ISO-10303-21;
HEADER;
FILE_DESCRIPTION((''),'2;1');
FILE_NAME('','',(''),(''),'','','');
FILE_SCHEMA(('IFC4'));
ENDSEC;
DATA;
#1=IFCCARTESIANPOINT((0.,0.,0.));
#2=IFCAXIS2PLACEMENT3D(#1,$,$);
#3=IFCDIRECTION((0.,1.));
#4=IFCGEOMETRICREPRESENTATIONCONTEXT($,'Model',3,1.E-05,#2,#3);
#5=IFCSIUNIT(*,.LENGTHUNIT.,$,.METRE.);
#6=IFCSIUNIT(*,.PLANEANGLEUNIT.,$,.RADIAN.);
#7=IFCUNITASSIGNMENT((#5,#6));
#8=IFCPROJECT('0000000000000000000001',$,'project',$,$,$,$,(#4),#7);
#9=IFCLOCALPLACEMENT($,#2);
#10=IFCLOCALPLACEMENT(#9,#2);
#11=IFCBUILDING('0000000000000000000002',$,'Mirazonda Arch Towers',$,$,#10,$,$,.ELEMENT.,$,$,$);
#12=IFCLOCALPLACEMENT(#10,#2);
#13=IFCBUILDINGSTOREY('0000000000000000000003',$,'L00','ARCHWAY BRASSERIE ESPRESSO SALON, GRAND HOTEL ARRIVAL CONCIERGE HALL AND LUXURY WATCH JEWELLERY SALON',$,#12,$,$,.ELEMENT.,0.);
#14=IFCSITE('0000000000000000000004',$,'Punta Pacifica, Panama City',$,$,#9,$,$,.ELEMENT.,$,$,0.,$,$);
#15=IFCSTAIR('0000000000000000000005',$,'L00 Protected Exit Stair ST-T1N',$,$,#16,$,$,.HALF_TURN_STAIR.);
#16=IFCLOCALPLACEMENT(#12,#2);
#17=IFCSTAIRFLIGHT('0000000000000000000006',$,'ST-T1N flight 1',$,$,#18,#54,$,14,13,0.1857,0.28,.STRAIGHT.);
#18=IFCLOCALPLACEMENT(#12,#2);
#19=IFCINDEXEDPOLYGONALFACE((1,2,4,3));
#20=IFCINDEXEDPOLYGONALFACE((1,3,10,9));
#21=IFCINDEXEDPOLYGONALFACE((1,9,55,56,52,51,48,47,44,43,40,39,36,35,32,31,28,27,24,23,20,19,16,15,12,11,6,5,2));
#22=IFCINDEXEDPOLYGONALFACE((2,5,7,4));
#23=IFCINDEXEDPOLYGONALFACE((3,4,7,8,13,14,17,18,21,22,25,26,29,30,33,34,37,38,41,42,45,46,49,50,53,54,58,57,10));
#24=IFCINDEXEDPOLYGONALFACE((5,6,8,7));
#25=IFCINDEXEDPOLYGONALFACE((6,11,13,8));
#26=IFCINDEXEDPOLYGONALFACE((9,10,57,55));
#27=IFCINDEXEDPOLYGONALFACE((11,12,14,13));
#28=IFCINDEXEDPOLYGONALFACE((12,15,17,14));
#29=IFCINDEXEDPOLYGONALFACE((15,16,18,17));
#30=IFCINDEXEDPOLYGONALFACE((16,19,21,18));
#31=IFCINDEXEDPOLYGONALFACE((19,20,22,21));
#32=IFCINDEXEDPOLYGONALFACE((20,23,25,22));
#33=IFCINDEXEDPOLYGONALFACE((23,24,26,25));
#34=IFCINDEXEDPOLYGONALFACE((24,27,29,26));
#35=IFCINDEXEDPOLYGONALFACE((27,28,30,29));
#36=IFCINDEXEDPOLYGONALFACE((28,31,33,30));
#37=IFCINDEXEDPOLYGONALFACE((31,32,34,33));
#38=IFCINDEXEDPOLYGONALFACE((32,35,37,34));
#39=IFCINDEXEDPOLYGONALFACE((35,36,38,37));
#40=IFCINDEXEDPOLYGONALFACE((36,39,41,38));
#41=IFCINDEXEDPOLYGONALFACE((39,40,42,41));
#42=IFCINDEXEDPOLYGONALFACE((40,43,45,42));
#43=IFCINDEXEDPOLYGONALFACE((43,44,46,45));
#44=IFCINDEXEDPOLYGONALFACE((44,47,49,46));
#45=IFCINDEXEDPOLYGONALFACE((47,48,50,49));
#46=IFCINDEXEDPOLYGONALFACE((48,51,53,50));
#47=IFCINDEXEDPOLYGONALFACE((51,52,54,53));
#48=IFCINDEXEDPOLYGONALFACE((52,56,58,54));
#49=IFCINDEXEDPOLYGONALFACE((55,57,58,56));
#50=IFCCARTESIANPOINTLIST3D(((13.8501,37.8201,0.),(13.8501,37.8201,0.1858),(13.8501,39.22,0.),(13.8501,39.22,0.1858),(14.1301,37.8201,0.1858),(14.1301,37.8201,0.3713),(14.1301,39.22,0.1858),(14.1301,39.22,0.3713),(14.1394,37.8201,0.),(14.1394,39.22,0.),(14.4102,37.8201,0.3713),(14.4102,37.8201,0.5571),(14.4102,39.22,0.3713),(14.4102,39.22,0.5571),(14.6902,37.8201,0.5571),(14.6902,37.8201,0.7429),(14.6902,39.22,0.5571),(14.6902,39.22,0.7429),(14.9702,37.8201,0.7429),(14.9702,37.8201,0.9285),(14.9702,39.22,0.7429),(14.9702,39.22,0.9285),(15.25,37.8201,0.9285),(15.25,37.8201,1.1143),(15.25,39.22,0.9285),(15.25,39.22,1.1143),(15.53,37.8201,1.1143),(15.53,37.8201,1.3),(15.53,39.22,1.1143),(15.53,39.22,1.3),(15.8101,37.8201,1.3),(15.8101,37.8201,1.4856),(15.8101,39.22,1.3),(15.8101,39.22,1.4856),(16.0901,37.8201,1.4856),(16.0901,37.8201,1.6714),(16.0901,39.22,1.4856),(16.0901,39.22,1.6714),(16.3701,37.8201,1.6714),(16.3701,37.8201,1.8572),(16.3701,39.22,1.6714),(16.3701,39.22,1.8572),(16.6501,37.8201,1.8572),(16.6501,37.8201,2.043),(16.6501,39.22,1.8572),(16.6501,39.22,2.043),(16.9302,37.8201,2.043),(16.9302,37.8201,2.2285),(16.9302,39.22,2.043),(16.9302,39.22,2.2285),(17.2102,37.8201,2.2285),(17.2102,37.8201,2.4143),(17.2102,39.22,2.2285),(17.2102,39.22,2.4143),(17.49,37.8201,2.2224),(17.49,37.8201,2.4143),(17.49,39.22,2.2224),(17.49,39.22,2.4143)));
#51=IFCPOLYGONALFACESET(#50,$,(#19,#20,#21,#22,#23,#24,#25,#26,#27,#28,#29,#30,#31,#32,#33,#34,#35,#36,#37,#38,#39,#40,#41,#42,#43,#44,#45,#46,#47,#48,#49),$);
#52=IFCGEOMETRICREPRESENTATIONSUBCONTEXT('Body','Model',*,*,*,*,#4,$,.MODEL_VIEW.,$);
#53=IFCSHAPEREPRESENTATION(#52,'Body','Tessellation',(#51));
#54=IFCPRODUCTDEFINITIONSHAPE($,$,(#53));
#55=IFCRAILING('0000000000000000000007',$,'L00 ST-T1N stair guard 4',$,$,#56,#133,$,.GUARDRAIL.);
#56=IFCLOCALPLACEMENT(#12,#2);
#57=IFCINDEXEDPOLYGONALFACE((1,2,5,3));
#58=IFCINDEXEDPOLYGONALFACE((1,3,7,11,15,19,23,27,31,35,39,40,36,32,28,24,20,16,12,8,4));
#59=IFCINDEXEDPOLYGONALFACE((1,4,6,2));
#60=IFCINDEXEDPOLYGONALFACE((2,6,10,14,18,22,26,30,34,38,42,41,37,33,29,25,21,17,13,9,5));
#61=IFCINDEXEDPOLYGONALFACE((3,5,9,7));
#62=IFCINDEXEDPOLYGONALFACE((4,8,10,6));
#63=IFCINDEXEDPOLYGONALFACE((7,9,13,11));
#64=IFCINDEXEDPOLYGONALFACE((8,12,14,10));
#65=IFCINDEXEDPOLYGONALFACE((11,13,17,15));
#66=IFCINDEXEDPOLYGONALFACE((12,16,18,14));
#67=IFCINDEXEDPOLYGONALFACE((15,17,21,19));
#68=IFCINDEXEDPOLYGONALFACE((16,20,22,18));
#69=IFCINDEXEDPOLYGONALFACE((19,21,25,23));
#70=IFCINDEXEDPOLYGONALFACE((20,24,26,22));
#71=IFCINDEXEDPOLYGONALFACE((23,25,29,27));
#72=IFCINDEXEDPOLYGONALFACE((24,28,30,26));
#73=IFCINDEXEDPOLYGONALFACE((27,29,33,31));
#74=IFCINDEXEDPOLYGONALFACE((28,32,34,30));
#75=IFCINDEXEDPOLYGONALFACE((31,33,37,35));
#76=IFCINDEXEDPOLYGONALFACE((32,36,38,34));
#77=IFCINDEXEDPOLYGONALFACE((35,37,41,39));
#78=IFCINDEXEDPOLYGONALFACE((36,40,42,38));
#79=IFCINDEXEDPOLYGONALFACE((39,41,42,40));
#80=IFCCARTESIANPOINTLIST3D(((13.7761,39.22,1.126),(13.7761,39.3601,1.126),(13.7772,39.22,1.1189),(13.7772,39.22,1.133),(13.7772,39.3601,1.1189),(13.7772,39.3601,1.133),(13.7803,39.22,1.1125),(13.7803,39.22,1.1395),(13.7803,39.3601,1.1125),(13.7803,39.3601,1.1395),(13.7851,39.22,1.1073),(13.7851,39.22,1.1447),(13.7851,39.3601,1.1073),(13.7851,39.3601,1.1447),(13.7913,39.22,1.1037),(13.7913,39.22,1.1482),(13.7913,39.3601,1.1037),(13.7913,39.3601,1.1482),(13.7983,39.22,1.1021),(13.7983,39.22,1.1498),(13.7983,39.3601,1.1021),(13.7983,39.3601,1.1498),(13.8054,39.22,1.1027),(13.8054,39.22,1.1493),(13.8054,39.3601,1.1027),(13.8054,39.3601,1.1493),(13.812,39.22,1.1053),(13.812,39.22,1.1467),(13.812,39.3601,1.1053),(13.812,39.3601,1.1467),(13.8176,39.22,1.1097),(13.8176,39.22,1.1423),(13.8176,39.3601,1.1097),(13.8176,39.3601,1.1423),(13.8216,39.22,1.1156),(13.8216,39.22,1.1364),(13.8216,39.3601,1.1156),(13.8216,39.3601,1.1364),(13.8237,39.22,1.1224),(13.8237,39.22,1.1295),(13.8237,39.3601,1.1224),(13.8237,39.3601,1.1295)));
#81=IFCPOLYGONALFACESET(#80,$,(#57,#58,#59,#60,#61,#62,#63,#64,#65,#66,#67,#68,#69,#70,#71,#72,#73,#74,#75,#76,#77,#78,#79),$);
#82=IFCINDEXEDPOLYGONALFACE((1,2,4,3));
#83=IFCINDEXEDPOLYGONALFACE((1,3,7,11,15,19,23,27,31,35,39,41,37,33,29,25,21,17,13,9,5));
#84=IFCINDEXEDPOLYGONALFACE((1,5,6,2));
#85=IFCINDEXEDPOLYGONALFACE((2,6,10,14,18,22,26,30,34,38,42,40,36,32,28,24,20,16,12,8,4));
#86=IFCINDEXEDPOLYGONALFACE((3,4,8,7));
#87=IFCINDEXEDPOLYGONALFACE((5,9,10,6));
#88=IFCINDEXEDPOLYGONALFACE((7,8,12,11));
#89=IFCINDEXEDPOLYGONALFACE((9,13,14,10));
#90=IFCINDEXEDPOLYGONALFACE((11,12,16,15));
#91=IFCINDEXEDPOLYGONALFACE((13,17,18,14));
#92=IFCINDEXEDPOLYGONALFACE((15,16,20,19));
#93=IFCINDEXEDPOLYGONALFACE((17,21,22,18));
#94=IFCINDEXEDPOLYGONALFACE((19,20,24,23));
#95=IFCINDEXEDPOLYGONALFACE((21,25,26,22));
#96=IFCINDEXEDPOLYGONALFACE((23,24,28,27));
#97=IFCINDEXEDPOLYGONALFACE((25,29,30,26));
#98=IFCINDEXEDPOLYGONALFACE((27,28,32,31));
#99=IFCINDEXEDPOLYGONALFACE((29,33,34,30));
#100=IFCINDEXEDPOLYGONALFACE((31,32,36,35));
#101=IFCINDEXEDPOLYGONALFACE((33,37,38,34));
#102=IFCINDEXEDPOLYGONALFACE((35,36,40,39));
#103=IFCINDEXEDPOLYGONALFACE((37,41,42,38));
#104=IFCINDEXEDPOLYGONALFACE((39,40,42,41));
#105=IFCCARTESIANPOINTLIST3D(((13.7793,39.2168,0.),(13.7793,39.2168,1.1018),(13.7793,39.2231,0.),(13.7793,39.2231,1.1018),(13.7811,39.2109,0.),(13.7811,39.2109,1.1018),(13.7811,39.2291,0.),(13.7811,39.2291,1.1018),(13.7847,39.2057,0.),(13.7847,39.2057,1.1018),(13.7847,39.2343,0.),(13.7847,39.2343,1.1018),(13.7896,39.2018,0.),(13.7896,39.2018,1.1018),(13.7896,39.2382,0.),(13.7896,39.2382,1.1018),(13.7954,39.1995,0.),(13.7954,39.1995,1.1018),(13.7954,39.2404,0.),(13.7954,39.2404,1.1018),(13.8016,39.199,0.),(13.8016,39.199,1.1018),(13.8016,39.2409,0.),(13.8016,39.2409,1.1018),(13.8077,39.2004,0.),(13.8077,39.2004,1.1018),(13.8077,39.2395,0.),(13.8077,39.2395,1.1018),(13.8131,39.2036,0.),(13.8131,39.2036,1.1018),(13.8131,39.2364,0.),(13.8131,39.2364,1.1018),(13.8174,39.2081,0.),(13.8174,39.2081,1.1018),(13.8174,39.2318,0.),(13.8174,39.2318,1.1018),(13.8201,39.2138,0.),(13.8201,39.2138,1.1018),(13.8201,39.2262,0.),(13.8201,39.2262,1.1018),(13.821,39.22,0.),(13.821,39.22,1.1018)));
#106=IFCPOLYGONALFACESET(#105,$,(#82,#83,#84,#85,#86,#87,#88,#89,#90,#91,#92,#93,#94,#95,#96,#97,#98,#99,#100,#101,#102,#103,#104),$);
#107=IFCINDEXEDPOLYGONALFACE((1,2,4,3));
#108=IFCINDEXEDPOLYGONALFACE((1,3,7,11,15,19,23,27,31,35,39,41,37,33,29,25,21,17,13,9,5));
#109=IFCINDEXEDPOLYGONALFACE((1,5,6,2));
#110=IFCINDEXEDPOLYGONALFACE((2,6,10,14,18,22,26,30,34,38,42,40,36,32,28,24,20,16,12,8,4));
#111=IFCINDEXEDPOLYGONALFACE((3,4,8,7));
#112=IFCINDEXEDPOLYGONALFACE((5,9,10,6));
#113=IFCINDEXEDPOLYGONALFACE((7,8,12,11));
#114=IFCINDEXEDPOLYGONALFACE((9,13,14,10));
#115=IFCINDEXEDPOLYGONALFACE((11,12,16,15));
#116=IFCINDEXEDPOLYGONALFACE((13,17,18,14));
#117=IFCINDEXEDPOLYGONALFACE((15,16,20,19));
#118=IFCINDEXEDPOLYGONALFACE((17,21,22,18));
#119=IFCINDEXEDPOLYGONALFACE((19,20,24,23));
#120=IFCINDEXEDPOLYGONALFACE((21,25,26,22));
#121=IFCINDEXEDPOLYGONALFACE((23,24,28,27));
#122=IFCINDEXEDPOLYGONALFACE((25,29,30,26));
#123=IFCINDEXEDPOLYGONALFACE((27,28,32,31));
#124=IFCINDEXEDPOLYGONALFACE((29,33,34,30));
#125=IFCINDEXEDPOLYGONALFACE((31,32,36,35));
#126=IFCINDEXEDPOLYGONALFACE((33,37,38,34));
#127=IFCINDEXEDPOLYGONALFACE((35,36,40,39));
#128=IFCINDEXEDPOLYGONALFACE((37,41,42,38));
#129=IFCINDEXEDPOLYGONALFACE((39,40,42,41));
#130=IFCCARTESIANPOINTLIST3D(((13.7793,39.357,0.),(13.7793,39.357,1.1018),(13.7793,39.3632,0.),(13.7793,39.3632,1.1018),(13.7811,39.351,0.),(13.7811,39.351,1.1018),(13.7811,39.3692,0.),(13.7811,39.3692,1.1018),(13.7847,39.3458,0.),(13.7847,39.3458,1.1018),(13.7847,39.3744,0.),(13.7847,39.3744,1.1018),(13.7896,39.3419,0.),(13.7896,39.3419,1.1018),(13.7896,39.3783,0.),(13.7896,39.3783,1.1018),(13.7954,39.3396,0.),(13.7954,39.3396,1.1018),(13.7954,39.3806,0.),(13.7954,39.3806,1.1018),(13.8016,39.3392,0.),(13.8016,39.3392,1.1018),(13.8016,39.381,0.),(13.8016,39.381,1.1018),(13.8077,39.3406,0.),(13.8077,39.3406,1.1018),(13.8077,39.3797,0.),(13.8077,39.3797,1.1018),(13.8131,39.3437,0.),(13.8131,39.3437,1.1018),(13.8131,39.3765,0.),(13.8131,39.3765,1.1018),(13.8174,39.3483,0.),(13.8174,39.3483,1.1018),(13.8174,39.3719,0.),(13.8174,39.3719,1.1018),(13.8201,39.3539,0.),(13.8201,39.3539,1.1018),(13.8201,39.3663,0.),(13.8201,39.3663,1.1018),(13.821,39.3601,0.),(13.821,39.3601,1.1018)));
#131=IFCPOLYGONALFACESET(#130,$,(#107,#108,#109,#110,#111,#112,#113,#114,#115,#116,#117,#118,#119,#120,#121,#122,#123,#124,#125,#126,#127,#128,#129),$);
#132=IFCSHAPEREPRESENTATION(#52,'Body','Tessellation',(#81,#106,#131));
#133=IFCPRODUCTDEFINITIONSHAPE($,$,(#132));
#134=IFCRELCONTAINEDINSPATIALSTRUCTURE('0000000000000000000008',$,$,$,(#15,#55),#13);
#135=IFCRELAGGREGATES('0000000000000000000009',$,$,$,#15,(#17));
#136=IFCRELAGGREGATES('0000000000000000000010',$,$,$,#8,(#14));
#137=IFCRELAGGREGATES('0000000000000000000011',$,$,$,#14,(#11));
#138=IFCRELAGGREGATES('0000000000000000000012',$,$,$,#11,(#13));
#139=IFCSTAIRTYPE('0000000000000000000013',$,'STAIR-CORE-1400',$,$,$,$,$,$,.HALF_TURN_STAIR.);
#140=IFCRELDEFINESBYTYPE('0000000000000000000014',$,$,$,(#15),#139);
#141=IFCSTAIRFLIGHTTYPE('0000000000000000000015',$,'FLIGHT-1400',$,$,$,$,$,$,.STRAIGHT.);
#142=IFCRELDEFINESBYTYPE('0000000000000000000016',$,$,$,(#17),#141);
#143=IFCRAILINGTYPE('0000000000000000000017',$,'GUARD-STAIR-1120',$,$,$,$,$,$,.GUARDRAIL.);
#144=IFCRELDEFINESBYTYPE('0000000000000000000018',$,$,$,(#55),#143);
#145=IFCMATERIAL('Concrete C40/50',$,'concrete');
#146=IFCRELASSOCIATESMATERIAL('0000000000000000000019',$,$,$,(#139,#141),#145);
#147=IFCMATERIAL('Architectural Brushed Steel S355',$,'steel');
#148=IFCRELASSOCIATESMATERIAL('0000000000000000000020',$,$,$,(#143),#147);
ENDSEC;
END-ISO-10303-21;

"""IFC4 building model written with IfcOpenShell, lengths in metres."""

from ifc_helpers import new_model, si_unit, direction, frame, origin, origin_2d, place, context, subcontext, project, spatial, polyline, circle, outline, extrude, material, type_object, element, aggregate, save


model = new_model("IFC4")

# Units and contexts
model_context = context("Model", 3, precision=1e-05, world=origin(), true_north=direction((0.0, 1.0)))
body_context = subcontext(model_context, "Body", "Model", "MODEL_VIEW")
ifc_project = project(units=[si_unit("LENGTHUNIT", "METRE"), si_unit("PLANEANGLEUNIT", "RADIAN")], contexts=[model_context])

# Site, building, storey
site_placement = place(None, origin())
site = spatial("IfcSite", under=ifc_project, at=site_placement, Name="Punta Pacifica, Panama City", CompositionType="ELEMENT", RefElevation=0.0)
building_placement = place(site_placement, origin())
building = spatial("IfcBuilding", under=site, at=building_placement, Name="Mirazonda Arch Towers", CompositionType="ELEMENT")
storey_placement = place(building_placement, origin())
storey = spatial("IfcBuildingStorey", under=building, at=storey_placement, Name="L00", Description="ARCHWAY BRASSERIE ESPRESSO SALON, GRAND HOTEL ARRIVAL CONCIERGE HALL AND LUXURY WATCH JEWELLERY SALON", CompositionType="ELEMENT", Elevation=0.0)

# Shared definitions
ifc_material_1 = material(Name="Architectural Brushed Steel S355", Category="steel")

# Shared definitions
ifc_material_2 = material(Name="Concrete C40/50", Category="concrete")

# Stair, stair flight
stair_type = type_object("IfcStairType", Name="STAIR-CORE-1400", PredefinedType="HALF_TURN_STAIR", material=ifc_material_2)
stair_placement = place(storey_placement, origin())
stair = element("IfcStair", 1, at=stair_placement, inside=storey, type_object=stair_type, Name="L00 Protected Exit Stair ST-T1N", PredefinedType="HALF_TURN_STAIR")
stair_flight_type = type_object("IfcStairFlightType", Name="FLIGHT-1400", PredefinedType="STRAIGHT", material=ifc_material_2)
stair_flight_placement = place(storey_placement, frame((13.8501, 38.52, 0.0), z_axis=(0.0, 0.0, 1.0), x_axis=(1.0, 0.0, 0.0)))
stair_flight = element("IfcStairFlight", 2, at=stair_flight_placement, type_object=stair_flight_type, Name="ST-T1N flight 1", NumberOfRisers=14, NumberOfTreads=13, PredefinedType="STRAIGHT", RiserHeight=0.1857, TreadLength=0.28, context=body_context, shape_type="SweptSolid", body=[
    extrude(outline(polyline([(0.0, 0.0), (0.0, 0.1858), (0.28, 0.1858), (0.28, 0.3713), (0.5601, 0.3713), (0.5601, 0.5571), (0.8401, 0.5571), (0.8401, 0.7429), (1.1201, 0.7429), (1.1201, 0.9285), (1.3999, 0.9285), (1.3999, 1.1143), (1.6799, 1.1143), (1.6799, 1.3), (1.96, 1.3), (1.96, 1.4856), (2.24, 1.4856), (2.24, 1.6714), (2.52, 1.6714), (2.52, 1.8572), (2.8, 1.8572), (2.8, 2.043), (3.0801, 2.043), (3.0801, 2.2285), (3.3601, 2.2285), (3.3601, 2.4143), (3.6399, 2.4143), (3.6399, 2.6001), (3.6399, 2.2224), (0.2893, 0.0), (0.0, 0.0)])), frame((0.0, 0.7, 0.0), z_axis=(0.0, -1.0, 0.0), x_axis=(1.0, 0.0, 0.0)), (0.0, 0.0, 1.0), 1.3999),
])
aggregate(stair, [stair_flight])

# Railing
railing_type_1 = type_object("IfcRailingType", Name="GUARD-STAIR-1120", PredefinedType="GUARDRAIL", material=ifc_material_1)
railing_1_placement = place(storey_placement, frame((13.8, 39.22, 0.0)))
element("IfcRailing", 3, at=railing_1_placement, inside=storey, type_object=railing_type_1, Name="L00 ST-T1N stair guard 4", PredefinedType="GUARDRAIL", context=body_context, shape_type="SweptSolid", body=[
    extrude(circle(Radius=0.0239, at=origin_2d()), frame((0.0, 0.0, 1.126), z_axis=(0.0, 1.0, 0.0), x_axis=(-1.0, 0.0, 0.0)), (0.0, 0.0, 1.0), 0.1401),
    extrude(circle(Radius=0.021, at=origin_2d()), origin(), (0.0, 0.0, 1.0), 1.1018),
    extrude(circle(Radius=0.021, at=origin_2d()), frame((0.0, 0.1401, 0.0)), (0.0, 0.0, 1.0), 1.1018),
])

save(model, "model.ifc")
